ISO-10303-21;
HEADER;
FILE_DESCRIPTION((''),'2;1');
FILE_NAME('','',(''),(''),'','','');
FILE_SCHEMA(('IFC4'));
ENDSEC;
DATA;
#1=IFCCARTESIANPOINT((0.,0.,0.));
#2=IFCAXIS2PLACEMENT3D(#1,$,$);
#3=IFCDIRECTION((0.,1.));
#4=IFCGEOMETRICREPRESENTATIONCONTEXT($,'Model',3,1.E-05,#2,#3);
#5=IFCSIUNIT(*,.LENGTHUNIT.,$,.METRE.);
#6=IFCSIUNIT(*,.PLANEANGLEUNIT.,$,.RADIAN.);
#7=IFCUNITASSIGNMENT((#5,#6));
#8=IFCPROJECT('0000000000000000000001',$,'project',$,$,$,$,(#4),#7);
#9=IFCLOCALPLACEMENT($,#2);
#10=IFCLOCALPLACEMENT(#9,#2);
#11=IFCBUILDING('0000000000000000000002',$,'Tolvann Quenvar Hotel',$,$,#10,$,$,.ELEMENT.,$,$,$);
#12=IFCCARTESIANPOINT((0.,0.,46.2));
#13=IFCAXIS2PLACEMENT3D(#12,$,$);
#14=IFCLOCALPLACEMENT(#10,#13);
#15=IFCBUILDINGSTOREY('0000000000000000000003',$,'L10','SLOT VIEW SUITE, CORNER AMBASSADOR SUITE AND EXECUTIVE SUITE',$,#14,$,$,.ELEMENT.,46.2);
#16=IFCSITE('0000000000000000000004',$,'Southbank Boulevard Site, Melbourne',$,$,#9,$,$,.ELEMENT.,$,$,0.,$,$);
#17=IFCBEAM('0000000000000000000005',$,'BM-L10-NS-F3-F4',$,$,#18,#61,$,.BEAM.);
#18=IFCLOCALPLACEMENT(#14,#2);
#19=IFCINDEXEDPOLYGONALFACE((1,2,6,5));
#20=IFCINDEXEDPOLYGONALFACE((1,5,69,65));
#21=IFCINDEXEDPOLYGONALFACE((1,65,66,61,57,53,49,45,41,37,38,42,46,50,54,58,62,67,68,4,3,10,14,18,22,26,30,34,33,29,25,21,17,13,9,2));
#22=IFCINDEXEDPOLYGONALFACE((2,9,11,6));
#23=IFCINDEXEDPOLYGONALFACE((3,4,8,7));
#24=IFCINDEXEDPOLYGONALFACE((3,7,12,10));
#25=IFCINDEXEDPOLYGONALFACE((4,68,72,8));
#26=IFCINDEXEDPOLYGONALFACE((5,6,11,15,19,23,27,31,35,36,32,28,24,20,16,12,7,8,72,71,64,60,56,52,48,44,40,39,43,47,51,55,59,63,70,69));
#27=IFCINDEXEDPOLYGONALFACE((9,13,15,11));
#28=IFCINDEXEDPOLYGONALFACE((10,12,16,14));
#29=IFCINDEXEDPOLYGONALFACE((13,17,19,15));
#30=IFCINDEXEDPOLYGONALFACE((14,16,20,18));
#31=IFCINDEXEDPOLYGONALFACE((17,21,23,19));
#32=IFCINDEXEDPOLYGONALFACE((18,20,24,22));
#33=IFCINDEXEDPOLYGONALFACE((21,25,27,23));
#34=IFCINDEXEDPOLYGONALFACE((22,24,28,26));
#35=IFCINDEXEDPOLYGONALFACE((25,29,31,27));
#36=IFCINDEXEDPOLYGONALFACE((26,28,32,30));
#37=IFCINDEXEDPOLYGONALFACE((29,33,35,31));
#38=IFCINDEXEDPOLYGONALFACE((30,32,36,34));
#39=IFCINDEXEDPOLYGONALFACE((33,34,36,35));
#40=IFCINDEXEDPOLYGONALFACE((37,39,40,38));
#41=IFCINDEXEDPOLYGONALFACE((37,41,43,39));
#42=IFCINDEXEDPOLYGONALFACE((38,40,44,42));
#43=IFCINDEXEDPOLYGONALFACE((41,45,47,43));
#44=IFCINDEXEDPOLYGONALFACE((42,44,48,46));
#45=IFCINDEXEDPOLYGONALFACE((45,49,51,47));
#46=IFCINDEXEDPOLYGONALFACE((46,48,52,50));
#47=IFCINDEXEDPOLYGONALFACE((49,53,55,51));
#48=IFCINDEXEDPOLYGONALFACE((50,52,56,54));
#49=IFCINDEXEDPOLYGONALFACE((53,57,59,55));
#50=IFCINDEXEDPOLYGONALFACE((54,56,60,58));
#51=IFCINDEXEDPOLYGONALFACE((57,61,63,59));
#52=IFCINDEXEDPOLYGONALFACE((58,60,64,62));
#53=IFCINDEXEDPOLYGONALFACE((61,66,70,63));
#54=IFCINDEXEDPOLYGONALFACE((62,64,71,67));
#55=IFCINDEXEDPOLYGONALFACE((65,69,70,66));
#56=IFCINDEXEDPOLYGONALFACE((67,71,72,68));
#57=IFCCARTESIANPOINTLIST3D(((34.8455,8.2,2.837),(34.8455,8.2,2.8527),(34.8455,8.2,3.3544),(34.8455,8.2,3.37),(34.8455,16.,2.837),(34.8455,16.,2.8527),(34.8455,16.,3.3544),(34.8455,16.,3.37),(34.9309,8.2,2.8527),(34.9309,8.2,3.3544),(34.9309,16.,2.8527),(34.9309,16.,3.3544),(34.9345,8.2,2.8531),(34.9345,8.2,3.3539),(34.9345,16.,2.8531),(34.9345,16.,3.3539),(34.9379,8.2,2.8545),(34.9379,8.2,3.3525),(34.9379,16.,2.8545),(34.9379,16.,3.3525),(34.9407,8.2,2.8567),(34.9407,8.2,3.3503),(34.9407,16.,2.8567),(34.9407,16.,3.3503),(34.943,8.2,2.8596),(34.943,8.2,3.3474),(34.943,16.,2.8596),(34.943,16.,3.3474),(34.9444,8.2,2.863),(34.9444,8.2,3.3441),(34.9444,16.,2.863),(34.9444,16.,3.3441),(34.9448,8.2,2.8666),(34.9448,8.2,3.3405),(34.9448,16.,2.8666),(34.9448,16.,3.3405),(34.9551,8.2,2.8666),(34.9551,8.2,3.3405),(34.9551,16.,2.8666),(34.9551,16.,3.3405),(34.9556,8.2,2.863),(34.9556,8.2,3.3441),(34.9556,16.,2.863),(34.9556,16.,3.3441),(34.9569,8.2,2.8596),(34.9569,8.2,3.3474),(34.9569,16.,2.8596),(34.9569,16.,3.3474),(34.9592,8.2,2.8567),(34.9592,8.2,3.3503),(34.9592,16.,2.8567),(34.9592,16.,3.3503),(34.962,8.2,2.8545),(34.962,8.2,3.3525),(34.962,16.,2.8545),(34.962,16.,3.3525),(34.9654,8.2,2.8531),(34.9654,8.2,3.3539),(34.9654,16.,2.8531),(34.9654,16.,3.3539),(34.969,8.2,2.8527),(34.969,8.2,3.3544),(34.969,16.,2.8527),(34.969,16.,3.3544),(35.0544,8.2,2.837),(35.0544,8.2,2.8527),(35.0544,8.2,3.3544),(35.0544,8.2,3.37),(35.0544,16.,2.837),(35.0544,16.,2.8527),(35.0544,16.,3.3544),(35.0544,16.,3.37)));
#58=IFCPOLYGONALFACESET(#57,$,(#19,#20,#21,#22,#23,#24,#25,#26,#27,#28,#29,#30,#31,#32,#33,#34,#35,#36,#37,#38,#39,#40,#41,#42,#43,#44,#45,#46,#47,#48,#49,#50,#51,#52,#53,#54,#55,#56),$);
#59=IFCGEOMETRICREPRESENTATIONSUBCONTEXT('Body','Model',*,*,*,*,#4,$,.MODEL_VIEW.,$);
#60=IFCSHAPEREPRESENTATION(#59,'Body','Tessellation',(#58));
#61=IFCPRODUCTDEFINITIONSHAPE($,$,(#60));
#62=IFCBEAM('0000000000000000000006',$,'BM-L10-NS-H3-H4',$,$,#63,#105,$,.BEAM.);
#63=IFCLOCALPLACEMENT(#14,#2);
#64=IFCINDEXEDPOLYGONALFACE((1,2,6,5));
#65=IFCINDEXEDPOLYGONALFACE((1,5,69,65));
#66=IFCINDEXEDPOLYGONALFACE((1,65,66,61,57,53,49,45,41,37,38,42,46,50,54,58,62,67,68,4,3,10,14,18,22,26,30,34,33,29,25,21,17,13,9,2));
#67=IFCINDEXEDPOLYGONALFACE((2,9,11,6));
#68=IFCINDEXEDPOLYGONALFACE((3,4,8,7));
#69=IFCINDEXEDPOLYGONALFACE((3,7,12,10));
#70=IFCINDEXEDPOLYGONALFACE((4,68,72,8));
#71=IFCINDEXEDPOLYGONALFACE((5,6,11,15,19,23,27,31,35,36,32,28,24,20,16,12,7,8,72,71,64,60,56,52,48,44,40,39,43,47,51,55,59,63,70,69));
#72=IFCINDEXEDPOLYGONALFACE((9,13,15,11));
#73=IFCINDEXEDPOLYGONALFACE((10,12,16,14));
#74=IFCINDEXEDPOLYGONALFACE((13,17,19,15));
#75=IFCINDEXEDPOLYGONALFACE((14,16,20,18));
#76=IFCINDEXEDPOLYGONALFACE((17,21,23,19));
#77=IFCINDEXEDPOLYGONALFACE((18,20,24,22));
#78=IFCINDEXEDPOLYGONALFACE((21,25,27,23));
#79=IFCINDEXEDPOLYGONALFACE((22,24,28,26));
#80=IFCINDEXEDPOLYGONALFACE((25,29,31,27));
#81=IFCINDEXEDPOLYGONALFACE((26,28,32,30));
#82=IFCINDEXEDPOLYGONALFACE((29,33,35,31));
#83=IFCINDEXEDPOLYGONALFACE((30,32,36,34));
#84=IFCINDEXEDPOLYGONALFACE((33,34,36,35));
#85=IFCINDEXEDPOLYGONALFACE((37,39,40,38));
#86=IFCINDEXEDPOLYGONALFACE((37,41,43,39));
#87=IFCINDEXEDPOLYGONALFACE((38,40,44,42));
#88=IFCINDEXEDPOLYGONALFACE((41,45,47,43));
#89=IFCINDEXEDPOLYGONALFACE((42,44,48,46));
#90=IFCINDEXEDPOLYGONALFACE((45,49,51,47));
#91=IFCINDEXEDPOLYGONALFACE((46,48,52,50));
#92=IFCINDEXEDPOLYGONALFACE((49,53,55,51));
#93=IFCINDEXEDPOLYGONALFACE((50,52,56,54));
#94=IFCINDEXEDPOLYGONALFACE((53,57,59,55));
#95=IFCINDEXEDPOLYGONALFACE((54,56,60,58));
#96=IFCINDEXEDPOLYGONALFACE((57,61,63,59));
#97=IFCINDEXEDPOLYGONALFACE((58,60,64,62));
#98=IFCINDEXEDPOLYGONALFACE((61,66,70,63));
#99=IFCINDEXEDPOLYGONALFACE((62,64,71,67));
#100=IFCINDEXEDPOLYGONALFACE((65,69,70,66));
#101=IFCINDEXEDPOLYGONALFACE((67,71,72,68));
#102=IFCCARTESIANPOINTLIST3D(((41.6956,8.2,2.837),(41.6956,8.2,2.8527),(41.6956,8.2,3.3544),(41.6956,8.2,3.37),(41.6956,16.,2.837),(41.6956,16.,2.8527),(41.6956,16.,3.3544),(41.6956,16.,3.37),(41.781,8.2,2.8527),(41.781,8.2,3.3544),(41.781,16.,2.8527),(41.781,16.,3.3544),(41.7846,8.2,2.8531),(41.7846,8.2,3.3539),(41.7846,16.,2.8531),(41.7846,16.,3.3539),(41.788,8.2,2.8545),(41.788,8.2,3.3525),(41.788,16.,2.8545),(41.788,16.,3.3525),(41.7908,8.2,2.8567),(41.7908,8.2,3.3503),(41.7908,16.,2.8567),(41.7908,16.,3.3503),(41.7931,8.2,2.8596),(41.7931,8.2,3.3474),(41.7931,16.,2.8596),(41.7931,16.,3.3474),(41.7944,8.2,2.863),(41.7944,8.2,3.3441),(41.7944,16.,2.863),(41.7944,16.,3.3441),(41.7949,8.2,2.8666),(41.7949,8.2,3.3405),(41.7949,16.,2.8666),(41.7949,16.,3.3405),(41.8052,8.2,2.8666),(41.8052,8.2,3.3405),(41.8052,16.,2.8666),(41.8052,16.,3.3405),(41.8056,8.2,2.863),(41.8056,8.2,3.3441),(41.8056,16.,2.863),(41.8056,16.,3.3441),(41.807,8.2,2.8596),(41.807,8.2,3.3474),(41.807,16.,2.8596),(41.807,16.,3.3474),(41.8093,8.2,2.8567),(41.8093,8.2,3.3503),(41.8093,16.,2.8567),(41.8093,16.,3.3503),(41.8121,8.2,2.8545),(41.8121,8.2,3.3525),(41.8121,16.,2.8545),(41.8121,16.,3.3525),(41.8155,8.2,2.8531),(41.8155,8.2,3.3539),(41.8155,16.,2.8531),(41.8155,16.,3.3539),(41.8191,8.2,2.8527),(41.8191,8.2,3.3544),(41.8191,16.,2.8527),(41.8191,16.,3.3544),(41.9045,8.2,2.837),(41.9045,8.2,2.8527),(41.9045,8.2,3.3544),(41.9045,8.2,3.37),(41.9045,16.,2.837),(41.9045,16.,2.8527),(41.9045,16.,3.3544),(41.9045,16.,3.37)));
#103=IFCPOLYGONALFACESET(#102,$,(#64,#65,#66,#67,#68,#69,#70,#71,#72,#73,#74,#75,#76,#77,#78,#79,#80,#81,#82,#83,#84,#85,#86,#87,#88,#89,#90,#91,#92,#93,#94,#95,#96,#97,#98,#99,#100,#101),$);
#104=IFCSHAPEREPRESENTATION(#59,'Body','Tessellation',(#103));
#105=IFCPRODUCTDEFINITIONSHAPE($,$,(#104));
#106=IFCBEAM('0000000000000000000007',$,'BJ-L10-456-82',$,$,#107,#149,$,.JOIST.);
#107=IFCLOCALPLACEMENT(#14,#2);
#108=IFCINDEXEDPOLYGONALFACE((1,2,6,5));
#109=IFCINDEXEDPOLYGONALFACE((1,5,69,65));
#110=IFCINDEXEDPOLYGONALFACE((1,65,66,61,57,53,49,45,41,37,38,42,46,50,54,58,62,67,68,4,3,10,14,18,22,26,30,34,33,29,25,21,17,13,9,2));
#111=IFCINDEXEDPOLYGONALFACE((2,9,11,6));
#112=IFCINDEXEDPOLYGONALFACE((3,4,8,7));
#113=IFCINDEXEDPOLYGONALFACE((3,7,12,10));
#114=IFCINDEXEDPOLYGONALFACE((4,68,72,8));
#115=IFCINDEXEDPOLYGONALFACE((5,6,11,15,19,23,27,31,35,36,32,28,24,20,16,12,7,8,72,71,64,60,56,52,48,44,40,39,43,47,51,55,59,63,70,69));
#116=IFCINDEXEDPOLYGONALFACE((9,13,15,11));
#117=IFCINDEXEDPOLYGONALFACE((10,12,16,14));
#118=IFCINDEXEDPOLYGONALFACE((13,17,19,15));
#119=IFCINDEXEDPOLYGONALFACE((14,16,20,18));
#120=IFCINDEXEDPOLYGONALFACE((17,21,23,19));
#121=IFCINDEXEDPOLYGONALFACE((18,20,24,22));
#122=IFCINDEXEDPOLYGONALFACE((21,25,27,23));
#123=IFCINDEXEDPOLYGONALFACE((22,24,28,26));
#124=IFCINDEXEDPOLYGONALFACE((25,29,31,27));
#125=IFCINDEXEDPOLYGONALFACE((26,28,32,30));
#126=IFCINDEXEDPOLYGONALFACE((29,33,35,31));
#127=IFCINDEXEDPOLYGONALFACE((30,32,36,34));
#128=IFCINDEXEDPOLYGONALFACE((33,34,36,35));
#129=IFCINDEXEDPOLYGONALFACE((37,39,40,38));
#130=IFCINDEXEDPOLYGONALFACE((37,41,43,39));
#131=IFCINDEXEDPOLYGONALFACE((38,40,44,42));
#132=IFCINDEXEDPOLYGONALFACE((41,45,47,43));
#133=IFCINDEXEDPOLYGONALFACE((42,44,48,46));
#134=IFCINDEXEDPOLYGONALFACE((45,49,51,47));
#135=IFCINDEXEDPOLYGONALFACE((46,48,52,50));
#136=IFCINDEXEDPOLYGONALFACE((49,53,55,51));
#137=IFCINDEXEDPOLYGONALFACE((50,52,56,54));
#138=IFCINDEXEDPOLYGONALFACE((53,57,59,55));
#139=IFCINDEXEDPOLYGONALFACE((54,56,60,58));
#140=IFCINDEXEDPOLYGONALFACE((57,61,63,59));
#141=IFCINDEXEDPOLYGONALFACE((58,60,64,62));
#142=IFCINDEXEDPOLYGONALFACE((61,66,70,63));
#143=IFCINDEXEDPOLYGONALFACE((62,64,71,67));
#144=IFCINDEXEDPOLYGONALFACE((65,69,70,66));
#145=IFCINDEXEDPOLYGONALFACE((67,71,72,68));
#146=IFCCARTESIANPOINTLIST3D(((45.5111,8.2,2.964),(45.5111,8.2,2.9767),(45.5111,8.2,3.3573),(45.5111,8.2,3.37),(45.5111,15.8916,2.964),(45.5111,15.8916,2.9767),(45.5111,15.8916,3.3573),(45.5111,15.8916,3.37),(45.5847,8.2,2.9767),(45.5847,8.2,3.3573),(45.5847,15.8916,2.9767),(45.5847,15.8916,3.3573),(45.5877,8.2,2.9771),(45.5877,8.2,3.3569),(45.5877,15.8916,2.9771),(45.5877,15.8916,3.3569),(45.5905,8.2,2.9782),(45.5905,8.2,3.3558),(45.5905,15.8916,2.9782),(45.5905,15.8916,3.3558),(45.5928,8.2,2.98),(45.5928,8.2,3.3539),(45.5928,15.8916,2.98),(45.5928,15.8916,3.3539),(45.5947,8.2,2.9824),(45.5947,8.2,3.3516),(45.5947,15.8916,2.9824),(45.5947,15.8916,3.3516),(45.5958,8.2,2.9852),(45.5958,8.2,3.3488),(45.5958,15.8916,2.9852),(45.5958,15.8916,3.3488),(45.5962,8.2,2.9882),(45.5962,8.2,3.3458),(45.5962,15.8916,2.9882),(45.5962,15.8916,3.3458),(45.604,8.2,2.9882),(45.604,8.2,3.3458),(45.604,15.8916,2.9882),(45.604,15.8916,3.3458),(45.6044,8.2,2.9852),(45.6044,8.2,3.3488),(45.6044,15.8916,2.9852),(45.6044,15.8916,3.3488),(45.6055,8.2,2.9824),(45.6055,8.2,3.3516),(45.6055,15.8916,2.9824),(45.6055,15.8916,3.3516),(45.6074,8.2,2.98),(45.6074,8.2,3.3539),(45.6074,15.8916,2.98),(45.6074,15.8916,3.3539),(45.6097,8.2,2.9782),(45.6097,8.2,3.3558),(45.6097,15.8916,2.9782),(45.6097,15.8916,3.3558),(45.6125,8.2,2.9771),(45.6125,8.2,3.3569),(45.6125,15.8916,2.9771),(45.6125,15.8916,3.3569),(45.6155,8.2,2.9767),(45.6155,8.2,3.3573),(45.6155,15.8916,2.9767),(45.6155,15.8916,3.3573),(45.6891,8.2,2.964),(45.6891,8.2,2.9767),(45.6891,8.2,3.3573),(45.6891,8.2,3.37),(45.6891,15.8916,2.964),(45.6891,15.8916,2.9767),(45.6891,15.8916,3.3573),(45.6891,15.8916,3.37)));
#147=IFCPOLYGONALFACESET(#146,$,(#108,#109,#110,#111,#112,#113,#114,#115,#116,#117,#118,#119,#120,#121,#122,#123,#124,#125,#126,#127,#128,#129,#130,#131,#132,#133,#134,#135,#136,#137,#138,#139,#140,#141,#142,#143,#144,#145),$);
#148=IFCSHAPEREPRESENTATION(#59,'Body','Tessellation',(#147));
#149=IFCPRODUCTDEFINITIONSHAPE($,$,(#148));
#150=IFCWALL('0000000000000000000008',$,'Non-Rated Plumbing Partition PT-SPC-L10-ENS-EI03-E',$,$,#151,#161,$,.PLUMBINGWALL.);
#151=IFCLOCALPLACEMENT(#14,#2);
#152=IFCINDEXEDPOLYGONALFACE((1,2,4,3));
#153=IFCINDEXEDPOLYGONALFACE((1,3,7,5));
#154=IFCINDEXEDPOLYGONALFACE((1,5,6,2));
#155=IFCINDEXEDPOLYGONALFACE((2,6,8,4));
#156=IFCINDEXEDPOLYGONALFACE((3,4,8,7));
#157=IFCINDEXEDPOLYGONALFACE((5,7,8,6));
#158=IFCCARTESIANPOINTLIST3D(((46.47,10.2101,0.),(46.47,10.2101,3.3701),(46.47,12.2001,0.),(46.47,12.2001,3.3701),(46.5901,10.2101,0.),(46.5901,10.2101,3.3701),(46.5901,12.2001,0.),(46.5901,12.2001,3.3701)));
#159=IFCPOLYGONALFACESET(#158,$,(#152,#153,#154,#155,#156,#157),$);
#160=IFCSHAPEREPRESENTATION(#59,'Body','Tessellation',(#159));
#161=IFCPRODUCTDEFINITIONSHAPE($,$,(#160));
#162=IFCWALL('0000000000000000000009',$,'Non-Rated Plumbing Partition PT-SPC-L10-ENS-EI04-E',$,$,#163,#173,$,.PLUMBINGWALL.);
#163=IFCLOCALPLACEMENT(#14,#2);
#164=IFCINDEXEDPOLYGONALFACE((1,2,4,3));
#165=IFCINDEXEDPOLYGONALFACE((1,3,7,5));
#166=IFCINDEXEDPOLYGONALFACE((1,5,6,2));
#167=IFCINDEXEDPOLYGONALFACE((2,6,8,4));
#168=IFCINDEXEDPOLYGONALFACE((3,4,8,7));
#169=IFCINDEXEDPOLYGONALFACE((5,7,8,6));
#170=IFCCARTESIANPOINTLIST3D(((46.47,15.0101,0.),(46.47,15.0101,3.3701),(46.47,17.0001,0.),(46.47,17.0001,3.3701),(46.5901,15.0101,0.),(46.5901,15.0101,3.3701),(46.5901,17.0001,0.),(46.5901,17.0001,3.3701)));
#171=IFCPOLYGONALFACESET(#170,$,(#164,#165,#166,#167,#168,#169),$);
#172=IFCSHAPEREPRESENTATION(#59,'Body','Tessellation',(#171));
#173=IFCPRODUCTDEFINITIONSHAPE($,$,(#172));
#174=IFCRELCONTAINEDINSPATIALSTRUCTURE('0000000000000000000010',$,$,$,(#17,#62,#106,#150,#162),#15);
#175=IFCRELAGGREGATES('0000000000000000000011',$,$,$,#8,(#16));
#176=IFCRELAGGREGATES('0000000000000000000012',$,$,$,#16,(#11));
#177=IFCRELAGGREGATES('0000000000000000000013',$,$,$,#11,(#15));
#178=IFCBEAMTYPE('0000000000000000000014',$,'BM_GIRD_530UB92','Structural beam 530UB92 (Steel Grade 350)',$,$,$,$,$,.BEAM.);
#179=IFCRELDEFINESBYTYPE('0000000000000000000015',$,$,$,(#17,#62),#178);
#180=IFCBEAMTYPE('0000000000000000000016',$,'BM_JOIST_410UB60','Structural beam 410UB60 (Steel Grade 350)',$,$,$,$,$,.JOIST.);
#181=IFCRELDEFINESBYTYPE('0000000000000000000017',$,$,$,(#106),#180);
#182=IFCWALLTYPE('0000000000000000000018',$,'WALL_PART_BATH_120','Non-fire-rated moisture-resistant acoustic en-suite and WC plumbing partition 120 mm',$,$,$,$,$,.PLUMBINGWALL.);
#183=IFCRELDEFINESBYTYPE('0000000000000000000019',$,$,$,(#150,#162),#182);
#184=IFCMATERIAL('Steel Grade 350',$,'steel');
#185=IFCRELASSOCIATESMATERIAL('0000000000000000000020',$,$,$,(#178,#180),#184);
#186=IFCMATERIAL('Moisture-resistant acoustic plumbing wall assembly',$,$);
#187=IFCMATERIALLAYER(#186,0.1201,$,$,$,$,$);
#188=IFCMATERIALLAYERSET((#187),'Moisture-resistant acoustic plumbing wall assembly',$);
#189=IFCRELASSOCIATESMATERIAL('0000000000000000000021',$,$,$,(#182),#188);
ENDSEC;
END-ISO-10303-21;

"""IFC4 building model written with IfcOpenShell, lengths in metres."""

from ifc_helpers import new_model, si_unit, direction, frame, frame_2d, origin, origin_2d, place, context, subcontext, project, spatial, rectangle, i_section, extrude, source, transform, mapped, material, layer, layer_set, material_profile, profile_set, type_object, type_shapes, element, save


model = new_model("IFC4")

# Units and contexts
model_context = context("Model", 3, precision=1e-05, world=origin(), true_north=direction((0.0, 1.0)))
body_context = subcontext(model_context, "Body", "Model", "MODEL_VIEW")
ifc_project = project(units=[si_unit("LENGTHUNIT", "METRE"), si_unit("PLANEANGLEUNIT", "RADIAN")], contexts=[model_context])

# Site, building, storey
site_placement = place(None, origin())
site = spatial("IfcSite", under=ifc_project, at=site_placement, Name="Southbank Boulevard Site, Melbourne", CompositionType="ELEMENT", RefElevation=0.0)
building_placement = place(site_placement, origin())
building = spatial("IfcBuilding", under=site, at=building_placement, Name="Tolvann Quenvar Hotel", CompositionType="ELEMENT")
storey_placement = place(building_placement, frame((0.0, 0.0, 46.2)))
storey = spatial("IfcBuildingStorey", under=building, at=storey_placement, Name="L10", Description="SLOT VIEW SUITE, CORNER AMBASSADOR SUITE AND EXECUTIVE SUITE", CompositionType="ELEMENT", Elevation=46.2)

# Shared definitions
ifc_material_1 = material(Name="Steel Grade 350", Category="steel")

# Beams
ifc_material_profile_1 = material_profile(ifc_material_1, i_section(OverallWidth=0.209, OverallDepth=0.533, WebThickness=0.0103, FlangeThickness=0.0156, FilletRadius=0.0139, at=origin_2d()), Name="530UB92")
ifc_profile_set_1 = profile_set([ifc_material_profile_1], Name="Steel Grade 350")
beam_type_1 = type_object("IfcBeamType", Name="BM_GIRD_530UB92", Description="Structural beam 530UB92 (Steel Grade 350)", PredefinedType="BEAM", material=ifc_profile_set_1)
shared_shape_1 = source(origin(), body_context, "Body", "SweptSolid", [
    extrude(i_section(OverallWidth=0.209, OverallDepth=0.533, WebThickness=0.0103, FlangeThickness=0.0156, FilletRadius=0.0139, at=origin_2d()), origin(), (0.0, 0.0, 1.0), 7.8),
])
type_shapes(beam_type_1, [shared_shape_1])
for number, where, z_axis, x_axis, name in (
    (1, (34.95, 8.2, 3.1035), (0.0, 1.0, 0.0), (-1.0, 0.0, 0.0), "BM-L10-NS-F3-F4"),
    (2, (41.8, 8.2, 3.1035), (0.0, 1.0, 0.0), (-1.0, 0.0, 0.0), "BM-L10-NS-H3-H4"),
):
    element("IfcBeam", number, at=place(storey_placement, frame(where, z_axis=z_axis, x_axis=x_axis)), inside=storey, type_object=beam_type_1, Name=name, PredefinedType="BEAM", context=body_context, shape_type="MappedRepresentation", body=[
        mapped(shared_shape_1, transform((0.0, 0.0, 0.0), x_axis=(1.0, 0.0, 0.0), y_axis=(0.0, 1.0, 0.0), z_axis=(0.0, 0.0, 1.0), scale=1.0)),
    ])
ifc_material_profile_2 = material_profile(ifc_material_1, i_section(OverallWidth=0.178, OverallDepth=0.406, WebThickness=0.0078, FlangeThickness=0.0127, FilletRadius=0.0115, at=origin_2d()), Name="410UB60")
ifc_profile_set_2 = profile_set([ifc_material_profile_2], Name="Steel Grade 350")
beam_type_2 = type_object("IfcBeamType", Name="BM_JOIST_410UB60", Description="Structural beam 410UB60 (Steel Grade 350)", PredefinedType="JOIST", material=ifc_profile_set_2)
shared_shape_2 = source(origin(), body_context, "Body", "SweptSolid", [
    extrude(i_section(OverallWidth=0.178, OverallDepth=0.406, WebThickness=0.0078, FlangeThickness=0.0127, FilletRadius=0.0115, at=origin_2d()), origin(), (0.0, 0.0, 1.0), 7.6917),
])
type_shapes(beam_type_2, [shared_shape_2])
beam_1_placement = place(storey_placement, frame((45.6001, 8.2, 3.167), z_axis=(0.0, 1.0, 0.0), x_axis=(-1.0, 0.0, 0.0)))
element("IfcBeam", 3, at=beam_1_placement, inside=storey, type_object=beam_type_2, Name="BJ-L10-456-82", PredefinedType="JOIST", context=body_context, shape_type="MappedRepresentation", body=[
    mapped(shared_shape_2, transform((0.0, 0.0, 0.0), x_axis=(1.0, 0.0, 0.0), y_axis=(0.0, 1.0, 0.0), z_axis=(0.0, 0.0, 1.0), scale=1.0)),
])

# Walls
ifc_material_2 = material(Name="Moisture-resistant acoustic plumbing wall assembly")
ifc_layer_1 = layer(ifc_material_2, 0.1201)
ifc_layer_set_1 = layer_set([ifc_layer_1], Name="Moisture-resistant acoustic plumbing wall assembly")
wall_type_1 = type_object("IfcWallType", Name="WALL_PART_BATH_120", Description="Non-fire-rated moisture-resistant acoustic en-suite and WC plumbing partition 120 mm", PredefinedType="PLUMBINGWALL", material=ifc_layer_set_1)
for number, where, z_axis, x_axis, name in (
    (4, (46.53, 10.21, 0.0), (0.0, 0.0, 1.0), (0.0, 1.0, 0.0), "Non-Rated Plumbing Partition PT-SPC-L10-ENS-EI03-E"),
    (5, (46.53, 15.01, 0.0), (0.0, 0.0, 1.0), (0.0, 1.0, 0.0), "Non-Rated Plumbing Partition PT-SPC-L10-ENS-EI04-E"),
):
    element("IfcWall", number, at=place(storey_placement, frame(where, z_axis=z_axis, x_axis=x_axis)), inside=storey, type_object=wall_type_1, Name=name, PredefinedType="PLUMBINGWALL", context=body_context, shape_type="SweptSolid", body=[
        extrude(rectangle(XDim=1.99, YDim=0.1201, at=frame_2d((0.9951, 0.0))), origin(), (0.0, 0.0, 1.0), 3.3701),
    ])

save(model, "model.ifc")
